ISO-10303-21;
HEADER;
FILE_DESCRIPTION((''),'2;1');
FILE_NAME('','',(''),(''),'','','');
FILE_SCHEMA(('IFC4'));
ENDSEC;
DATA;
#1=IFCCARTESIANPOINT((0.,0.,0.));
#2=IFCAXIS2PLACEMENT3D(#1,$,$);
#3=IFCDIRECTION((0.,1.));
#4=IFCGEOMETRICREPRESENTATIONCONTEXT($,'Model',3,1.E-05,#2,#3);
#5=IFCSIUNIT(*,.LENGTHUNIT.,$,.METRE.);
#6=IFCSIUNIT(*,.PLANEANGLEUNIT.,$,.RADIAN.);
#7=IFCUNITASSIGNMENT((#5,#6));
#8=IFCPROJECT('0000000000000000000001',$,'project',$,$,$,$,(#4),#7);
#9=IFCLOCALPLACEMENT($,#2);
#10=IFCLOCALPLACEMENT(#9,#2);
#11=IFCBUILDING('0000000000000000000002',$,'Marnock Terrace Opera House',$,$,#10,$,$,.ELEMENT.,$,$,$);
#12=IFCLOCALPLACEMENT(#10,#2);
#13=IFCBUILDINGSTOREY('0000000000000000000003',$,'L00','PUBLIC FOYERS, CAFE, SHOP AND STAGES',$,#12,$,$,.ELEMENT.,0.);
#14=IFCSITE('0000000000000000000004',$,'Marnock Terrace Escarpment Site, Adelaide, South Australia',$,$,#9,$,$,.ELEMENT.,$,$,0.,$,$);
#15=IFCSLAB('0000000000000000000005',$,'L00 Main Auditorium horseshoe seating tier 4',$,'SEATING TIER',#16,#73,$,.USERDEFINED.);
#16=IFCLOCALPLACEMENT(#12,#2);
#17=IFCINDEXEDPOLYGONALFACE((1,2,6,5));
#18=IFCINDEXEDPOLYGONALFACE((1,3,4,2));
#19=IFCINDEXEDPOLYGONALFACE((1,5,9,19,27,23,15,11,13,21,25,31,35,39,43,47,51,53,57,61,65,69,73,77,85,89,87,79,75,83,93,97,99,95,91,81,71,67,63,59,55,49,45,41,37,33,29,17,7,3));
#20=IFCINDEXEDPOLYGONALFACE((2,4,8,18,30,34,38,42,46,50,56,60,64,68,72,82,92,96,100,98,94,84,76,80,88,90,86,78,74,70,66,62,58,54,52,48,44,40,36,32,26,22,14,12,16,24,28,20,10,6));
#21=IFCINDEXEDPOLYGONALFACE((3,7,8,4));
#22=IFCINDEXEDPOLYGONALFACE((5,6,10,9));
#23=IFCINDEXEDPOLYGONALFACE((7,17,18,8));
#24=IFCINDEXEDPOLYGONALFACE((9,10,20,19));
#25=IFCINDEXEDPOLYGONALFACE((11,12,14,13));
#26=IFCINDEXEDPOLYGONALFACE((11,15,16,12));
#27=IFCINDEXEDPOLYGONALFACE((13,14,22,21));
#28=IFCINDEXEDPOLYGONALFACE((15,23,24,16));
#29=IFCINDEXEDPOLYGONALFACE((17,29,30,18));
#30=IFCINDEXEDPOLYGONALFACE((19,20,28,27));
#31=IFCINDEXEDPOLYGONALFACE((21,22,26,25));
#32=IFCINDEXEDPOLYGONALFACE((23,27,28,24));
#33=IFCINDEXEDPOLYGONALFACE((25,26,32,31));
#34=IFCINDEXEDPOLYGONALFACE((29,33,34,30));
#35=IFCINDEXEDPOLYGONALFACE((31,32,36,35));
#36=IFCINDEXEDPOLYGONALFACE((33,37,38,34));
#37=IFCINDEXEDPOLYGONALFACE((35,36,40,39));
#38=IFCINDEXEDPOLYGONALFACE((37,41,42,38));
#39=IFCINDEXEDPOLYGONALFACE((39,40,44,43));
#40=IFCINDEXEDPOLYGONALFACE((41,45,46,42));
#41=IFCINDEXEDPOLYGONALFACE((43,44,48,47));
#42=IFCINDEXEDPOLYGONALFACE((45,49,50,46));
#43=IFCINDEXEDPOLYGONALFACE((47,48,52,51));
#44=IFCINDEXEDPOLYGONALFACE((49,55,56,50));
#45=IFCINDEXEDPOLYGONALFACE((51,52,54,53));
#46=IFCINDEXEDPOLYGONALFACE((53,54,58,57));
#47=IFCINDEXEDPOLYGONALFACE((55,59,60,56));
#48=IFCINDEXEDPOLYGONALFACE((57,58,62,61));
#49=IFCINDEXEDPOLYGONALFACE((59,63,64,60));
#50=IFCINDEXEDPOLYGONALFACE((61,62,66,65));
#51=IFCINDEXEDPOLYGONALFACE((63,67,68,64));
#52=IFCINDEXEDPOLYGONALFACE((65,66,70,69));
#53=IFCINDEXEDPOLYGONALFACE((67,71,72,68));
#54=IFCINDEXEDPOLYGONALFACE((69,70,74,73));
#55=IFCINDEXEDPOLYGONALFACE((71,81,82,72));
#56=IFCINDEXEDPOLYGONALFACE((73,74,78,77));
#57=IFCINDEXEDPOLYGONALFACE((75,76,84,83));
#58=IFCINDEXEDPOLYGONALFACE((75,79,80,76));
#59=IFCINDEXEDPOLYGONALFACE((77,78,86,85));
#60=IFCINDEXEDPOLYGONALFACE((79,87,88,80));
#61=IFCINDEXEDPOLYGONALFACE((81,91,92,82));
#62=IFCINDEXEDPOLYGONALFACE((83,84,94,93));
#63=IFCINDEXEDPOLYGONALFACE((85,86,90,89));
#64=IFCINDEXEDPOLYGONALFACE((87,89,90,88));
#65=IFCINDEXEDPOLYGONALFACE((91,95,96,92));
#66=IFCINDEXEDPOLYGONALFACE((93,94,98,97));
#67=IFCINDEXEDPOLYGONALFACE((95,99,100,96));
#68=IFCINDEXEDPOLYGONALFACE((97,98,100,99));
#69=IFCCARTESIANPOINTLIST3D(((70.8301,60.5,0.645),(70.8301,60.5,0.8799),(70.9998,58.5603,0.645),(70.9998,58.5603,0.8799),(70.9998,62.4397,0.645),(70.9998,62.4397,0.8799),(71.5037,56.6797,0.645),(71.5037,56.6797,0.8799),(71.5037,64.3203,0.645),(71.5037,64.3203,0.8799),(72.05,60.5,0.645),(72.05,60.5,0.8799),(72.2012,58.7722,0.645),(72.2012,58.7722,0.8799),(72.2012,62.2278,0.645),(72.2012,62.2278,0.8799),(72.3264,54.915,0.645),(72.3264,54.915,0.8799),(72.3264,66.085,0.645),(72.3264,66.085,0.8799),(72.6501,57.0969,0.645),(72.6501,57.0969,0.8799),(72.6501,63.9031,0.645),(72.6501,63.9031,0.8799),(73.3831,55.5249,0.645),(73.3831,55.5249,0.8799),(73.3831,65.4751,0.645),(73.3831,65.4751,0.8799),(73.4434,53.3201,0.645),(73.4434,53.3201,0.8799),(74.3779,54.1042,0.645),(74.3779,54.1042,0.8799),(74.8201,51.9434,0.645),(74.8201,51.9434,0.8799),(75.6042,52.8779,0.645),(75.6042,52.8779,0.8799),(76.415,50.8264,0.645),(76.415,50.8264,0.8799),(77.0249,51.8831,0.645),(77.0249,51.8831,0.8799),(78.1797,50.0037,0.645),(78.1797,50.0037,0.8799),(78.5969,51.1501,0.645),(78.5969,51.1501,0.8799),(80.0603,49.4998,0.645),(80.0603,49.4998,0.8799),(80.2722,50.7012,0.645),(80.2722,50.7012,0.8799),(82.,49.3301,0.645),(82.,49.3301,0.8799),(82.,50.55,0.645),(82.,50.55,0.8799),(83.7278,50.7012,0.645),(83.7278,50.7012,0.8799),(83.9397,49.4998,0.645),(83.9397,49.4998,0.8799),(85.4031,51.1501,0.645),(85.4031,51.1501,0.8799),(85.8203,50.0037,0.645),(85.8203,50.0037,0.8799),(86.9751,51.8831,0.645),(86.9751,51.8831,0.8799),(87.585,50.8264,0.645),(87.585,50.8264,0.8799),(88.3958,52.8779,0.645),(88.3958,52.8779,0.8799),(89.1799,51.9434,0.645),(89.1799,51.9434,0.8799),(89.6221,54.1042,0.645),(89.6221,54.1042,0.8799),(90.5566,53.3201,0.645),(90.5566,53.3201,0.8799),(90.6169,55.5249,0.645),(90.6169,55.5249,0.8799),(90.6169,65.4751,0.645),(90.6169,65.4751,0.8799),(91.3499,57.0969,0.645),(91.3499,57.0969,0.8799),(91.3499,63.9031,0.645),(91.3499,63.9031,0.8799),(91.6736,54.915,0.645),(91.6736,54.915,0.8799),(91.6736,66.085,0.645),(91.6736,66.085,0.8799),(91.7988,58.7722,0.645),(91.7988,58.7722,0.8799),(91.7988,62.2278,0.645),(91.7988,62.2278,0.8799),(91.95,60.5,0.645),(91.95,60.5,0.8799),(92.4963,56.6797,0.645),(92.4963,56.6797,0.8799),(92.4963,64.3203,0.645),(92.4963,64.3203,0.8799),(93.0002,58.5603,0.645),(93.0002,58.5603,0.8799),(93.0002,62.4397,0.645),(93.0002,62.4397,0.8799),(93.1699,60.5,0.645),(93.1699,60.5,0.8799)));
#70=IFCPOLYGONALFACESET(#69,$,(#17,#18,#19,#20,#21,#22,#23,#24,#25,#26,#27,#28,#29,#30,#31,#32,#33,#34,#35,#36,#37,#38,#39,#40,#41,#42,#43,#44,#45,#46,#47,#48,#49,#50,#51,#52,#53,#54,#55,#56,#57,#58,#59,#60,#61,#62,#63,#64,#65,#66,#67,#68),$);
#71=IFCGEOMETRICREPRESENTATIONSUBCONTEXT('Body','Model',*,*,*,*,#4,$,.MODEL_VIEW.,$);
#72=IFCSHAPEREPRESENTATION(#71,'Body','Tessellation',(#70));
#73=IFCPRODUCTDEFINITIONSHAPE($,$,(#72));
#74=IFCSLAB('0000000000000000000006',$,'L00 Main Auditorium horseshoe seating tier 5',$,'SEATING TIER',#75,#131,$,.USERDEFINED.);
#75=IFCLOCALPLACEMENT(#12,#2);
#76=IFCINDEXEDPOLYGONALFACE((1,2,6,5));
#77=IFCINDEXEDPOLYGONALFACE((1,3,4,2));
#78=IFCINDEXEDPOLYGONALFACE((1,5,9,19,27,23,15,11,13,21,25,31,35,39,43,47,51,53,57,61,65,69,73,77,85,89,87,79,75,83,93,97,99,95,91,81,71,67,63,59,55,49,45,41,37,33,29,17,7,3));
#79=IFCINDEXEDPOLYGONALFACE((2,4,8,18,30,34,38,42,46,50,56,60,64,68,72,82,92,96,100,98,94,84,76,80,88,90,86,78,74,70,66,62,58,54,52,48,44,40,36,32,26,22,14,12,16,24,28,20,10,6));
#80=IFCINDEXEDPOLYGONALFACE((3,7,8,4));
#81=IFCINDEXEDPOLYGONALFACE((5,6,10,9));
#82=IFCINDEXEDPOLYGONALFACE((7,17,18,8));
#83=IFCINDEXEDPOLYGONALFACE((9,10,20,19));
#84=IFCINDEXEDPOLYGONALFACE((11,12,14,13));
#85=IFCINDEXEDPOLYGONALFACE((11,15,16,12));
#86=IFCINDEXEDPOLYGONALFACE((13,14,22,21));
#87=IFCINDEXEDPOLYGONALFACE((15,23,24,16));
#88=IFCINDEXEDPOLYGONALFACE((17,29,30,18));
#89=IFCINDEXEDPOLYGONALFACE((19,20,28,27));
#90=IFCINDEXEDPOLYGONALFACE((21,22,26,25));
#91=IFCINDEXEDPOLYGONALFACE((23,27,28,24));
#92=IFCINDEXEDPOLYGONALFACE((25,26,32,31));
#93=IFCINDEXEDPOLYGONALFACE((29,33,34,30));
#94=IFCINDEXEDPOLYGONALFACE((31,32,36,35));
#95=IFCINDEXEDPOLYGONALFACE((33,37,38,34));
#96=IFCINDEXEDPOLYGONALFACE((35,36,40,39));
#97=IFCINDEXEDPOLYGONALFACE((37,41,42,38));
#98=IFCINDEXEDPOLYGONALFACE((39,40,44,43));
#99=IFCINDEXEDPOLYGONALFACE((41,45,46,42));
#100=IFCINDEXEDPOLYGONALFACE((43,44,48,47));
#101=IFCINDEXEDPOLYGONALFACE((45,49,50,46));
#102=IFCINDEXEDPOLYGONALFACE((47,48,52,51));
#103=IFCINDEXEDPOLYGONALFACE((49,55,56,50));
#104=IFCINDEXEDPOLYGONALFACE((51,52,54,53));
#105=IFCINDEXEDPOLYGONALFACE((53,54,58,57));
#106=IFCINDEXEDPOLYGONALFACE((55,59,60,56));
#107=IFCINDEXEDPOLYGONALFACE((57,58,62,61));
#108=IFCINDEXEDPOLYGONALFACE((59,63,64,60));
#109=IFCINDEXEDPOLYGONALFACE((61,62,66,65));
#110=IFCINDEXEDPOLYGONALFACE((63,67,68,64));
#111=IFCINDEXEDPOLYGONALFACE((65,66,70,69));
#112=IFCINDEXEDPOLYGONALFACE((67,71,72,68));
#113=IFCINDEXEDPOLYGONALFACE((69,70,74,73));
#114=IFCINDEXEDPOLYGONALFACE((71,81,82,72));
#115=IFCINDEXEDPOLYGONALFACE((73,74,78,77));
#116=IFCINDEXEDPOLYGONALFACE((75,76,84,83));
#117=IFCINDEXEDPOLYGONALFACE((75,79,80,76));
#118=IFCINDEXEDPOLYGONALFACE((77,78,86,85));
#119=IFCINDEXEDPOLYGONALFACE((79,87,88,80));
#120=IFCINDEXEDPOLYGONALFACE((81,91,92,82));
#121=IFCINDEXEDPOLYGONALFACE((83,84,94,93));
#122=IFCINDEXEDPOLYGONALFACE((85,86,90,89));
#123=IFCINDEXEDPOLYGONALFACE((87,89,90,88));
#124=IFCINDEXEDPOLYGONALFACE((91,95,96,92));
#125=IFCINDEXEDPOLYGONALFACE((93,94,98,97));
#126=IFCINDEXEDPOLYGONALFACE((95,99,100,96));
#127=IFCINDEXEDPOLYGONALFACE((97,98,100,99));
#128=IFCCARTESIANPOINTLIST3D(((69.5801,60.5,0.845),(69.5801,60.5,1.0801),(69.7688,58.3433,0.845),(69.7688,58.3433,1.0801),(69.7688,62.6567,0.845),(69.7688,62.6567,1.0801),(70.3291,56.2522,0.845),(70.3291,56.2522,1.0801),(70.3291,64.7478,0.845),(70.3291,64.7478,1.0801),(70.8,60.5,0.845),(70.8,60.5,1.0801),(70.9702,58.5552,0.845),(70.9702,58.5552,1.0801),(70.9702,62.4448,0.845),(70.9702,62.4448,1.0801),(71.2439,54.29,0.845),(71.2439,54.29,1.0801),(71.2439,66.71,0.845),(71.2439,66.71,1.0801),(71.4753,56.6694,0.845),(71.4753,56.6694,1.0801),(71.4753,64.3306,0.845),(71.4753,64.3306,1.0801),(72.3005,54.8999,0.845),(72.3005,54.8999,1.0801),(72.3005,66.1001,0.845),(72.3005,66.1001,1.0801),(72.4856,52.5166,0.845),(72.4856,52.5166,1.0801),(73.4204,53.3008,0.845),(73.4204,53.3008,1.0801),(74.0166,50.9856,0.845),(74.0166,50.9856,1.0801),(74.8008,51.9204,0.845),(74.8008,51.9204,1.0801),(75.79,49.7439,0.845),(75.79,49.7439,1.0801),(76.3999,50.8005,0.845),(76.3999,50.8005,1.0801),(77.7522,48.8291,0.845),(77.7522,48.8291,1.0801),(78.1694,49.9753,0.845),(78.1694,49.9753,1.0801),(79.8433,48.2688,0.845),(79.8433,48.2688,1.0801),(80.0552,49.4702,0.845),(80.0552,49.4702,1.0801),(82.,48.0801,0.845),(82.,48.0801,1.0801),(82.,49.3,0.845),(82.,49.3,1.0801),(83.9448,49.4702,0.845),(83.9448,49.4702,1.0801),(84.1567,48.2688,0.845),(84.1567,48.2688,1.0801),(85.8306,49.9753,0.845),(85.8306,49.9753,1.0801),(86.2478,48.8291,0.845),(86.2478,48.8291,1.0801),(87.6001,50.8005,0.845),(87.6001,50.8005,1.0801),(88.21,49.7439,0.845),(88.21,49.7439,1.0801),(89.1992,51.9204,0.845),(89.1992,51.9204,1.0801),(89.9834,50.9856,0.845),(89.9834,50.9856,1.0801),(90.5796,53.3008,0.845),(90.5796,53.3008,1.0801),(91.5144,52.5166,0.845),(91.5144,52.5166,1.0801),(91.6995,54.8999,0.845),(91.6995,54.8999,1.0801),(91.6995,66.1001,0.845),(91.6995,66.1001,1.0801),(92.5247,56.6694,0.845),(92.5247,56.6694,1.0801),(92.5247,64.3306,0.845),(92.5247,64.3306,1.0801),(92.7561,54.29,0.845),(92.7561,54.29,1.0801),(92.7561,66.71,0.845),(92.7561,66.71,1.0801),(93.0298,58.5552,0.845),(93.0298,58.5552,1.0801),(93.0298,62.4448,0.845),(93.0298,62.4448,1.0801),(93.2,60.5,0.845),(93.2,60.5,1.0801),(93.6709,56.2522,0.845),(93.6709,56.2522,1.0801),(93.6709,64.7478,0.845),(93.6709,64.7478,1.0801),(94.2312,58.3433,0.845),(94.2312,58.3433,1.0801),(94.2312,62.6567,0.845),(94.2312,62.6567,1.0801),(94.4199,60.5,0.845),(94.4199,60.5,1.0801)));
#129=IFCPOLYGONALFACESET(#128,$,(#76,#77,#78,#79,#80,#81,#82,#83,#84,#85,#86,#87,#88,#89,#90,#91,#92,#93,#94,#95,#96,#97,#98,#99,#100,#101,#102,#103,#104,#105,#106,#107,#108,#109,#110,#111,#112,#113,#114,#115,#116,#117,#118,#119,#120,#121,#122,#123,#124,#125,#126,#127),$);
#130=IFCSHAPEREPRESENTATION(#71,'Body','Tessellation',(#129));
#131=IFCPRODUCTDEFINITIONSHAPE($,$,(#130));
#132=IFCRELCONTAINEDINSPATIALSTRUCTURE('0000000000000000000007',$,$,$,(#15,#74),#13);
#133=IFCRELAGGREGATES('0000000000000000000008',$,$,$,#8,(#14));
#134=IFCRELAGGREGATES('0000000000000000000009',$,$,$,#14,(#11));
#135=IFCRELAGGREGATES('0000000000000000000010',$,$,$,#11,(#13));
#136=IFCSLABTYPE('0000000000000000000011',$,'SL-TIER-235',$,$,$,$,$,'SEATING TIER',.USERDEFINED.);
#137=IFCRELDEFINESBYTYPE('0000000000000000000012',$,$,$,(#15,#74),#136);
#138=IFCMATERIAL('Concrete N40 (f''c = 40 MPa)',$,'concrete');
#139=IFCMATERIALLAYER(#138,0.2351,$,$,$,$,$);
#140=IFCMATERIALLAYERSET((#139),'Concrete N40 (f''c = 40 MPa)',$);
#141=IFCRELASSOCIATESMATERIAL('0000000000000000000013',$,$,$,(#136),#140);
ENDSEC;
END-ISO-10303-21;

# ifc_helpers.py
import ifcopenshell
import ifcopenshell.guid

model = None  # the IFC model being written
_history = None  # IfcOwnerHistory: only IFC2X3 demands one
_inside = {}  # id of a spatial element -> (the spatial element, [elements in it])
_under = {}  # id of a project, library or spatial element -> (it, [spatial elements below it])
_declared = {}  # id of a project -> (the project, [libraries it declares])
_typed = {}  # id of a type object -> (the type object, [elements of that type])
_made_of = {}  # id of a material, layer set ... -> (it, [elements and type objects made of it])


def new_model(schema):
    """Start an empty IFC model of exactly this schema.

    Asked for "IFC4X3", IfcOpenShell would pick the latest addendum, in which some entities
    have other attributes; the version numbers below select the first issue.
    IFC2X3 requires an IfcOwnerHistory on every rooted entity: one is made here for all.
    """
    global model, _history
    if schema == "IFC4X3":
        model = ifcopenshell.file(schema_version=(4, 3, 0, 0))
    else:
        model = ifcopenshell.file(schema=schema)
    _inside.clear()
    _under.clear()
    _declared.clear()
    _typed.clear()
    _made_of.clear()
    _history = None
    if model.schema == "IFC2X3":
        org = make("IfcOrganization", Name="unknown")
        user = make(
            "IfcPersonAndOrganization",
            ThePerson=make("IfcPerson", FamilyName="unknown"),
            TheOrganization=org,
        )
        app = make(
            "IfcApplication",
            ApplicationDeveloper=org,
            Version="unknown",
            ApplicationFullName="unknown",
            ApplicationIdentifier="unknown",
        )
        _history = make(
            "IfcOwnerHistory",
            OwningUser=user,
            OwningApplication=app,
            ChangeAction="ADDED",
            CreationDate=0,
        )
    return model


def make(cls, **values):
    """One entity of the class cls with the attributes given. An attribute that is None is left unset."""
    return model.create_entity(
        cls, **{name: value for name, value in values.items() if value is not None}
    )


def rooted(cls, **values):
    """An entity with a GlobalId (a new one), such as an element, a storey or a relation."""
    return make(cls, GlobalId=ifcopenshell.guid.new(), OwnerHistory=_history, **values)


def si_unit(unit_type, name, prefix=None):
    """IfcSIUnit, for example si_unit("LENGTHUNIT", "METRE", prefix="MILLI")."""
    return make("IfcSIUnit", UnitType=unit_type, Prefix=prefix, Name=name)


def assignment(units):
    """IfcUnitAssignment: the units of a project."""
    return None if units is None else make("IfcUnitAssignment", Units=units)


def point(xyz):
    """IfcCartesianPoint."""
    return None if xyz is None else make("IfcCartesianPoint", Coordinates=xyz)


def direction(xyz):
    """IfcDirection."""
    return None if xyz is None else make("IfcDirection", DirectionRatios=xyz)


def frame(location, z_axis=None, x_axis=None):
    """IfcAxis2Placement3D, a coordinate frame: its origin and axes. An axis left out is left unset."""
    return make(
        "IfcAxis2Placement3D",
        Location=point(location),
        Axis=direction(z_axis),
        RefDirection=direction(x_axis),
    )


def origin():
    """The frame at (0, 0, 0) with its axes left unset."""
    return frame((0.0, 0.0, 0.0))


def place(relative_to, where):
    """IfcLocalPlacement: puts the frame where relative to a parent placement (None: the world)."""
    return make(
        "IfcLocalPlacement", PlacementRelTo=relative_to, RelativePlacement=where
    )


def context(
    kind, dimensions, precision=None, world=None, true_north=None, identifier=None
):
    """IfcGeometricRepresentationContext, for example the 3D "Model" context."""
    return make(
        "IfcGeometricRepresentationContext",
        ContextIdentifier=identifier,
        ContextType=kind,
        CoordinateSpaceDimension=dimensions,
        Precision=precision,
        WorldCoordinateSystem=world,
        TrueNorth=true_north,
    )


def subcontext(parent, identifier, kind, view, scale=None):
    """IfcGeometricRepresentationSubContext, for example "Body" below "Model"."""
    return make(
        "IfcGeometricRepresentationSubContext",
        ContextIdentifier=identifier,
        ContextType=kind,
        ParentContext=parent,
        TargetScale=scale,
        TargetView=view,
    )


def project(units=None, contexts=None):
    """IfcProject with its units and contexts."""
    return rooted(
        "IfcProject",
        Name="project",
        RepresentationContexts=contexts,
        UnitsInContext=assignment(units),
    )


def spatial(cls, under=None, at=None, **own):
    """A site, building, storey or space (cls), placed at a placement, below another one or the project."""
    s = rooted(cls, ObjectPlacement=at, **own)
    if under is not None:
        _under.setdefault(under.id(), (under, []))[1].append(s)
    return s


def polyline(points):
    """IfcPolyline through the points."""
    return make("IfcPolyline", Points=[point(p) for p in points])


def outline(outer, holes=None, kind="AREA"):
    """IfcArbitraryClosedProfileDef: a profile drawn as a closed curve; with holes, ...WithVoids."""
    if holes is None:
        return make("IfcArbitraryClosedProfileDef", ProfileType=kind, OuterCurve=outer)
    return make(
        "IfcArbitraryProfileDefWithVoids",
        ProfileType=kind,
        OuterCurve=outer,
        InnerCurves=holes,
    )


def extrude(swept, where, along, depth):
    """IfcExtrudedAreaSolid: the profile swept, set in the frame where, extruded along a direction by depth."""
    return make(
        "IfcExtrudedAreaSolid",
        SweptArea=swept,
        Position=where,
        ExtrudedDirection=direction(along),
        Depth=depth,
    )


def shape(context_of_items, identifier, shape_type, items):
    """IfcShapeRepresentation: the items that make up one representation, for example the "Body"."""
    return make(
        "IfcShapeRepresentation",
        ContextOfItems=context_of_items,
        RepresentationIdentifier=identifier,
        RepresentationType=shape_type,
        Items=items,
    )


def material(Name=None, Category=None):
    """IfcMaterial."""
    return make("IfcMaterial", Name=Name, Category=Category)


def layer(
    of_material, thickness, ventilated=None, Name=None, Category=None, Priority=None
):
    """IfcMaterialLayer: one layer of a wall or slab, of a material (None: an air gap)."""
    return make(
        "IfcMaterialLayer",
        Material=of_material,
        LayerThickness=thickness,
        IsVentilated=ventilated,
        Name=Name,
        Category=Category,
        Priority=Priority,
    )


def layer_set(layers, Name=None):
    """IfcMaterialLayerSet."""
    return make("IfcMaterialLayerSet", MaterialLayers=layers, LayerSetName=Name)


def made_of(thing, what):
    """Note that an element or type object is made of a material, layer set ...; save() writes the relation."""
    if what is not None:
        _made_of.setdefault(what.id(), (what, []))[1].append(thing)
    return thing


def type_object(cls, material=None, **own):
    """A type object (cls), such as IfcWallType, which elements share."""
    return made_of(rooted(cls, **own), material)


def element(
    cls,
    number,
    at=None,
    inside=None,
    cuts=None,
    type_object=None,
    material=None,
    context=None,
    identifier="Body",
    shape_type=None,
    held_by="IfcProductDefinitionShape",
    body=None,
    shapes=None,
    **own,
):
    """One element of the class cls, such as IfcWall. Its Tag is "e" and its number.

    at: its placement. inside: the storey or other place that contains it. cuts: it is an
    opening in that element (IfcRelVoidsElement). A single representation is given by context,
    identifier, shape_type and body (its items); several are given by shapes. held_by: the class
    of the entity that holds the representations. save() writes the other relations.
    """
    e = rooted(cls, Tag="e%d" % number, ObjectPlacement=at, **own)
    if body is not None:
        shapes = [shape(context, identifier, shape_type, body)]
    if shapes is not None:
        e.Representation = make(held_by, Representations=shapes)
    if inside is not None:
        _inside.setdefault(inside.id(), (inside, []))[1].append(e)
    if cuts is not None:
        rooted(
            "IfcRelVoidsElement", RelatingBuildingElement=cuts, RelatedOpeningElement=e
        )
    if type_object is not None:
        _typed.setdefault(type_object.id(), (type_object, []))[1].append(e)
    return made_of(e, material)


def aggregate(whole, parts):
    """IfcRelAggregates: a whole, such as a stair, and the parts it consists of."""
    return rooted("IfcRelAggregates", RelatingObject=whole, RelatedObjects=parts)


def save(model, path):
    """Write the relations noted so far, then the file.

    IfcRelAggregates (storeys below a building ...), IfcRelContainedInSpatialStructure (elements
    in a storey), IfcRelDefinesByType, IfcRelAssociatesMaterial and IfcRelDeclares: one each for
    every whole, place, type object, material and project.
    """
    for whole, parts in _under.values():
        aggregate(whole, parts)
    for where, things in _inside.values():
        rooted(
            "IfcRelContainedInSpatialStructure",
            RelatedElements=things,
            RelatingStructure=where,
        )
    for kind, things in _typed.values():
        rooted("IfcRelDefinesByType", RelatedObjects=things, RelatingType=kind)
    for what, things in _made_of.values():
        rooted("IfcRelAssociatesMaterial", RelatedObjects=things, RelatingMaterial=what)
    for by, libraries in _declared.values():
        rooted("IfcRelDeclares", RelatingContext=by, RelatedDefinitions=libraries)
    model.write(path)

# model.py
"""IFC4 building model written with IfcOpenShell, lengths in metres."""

from ifc_helpers import new_model, si_unit, direction, frame, origin, place, context, subcontext, project, spatial, polyline, outline, extrude, material, layer, layer_set, type_object, element, save


model = new_model("IFC4")

# Units and contexts
model_context = context("Model", 3, precision=1e-05, world=origin(), true_north=direction((0.0, 1.0)))
body_context = subcontext(model_context, "Body", "Model", "MODEL_VIEW")
ifc_project = project(units=[si_unit("LENGTHUNIT", "METRE"), si_unit("PLANEANGLEUNIT", "RADIAN")], contexts=[model_context])

# Site, building, storey
site_placement = place(None, origin())
site = spatial("IfcSite", under=ifc_project, at=site_placement, Name="Marnock Terrace Escarpment Site, Adelaide, South Australia", CompositionType="ELEMENT", RefElevation=0.0)
building_placement = place(site_placement, origin())
building = spatial("IfcBuilding", under=site, at=building_placement, Name="Marnock Terrace Opera House", CompositionType="ELEMENT")
storey_placement = place(building_placement, origin())
storey = spatial("IfcBuildingStorey", under=building, at=storey_placement, Name="L00", Description="PUBLIC FOYERS, CAFE, SHOP AND STAGES", CompositionType="ELEMENT", Elevation=0.0)

# Slabs
ifc_material_1 = material(Name="Concrete N40 (f'c = 40 MPa)", Category="concrete")
ifc_layer_1 = layer(ifc_material_1, 0.2351)
ifc_layer_set_1 = layer_set([ifc_layer_1], Name="Concrete N40 (f'c = 40 MPa)")
slab_type_1 = type_object("IfcSlabType", Name="SL-TIER-235", ElementType="SEATING TIER", PredefinedType="USERDEFINED", material=ifc_layer_set_1)
slab_1_placement = place(storey_placement, frame((0.0, 0.0, 0.645)))
element("IfcSlab", 1, at=slab_1_placement, inside=storey, type_object=slab_type_1, Name="L00 Main Auditorium horseshoe seating tier 4", ObjectType="SEATING TIER", PredefinedType="USERDEFINED", context=body_context, shape_type="SweptSolid", body=[
    extrude(outline(polyline([(72.3264, 66.085), (71.5037, 64.3203), (70.9998, 62.4397), (70.8301, 60.5), (70.9998, 58.5603), (71.5037, 56.6797), (72.3264, 54.915), (73.4434, 53.3201), (74.8201, 51.9434), (76.415, 50.8264), (78.1797, 50.0037), (80.0603, 49.4998), (82.0, 49.3301), (83.9397, 49.4998), (85.8203, 50.0037), (87.585, 50.8264), (89.1799, 51.9434), (90.5566, 53.3201), (91.6736, 54.915), (92.4963, 56.6797), (93.0002, 58.5603), (93.1699, 60.5), (93.0002, 62.4397), (92.4963, 64.3203), (91.6736, 66.085), (90.6169, 65.4751), (91.3499, 63.9031), (91.7988, 62.2278), (91.95, 60.5), (91.7988, 58.7722), (91.3499, 57.0969), (90.6169, 55.5249), (89.6221, 54.1042), (88.3958, 52.8779), (86.9751, 51.8831), (85.4031, 51.1501), (83.7278, 50.7012), (82.0, 50.55), (80.2722, 50.7012), (78.5969, 51.1501), (77.0249, 51.8831), (75.6042, 52.8779), (74.3779, 54.1042), (73.3831, 55.5249), (72.6501, 57.0969), (72.2012, 58.7722), (72.05, 60.5), (72.2012, 62.2278), (72.6501, 63.9031), (73.3831, 65.4751), (72.3264, 66.085)])), origin(), (0.0, 0.0, 1.0), 0.2349),
])
slab_2_placement = place(storey_placement, frame((0.0, 0.0, 0.845)))
element("IfcSlab", 2, at=slab_2_placement, inside=storey, type_object=slab_type_1, Name="L00 Main Auditorium horseshoe seating tier 5", ObjectType="SEATING TIER", PredefinedType="USERDEFINED", context=body_context, shape_type="SweptSolid", body=[
    extrude(outline(polyline([(71.2439, 66.71), (70.3291, 64.7478), (69.7688, 62.6567), (69.5801, 60.5), (69.7688, 58.3433), (70.3291, 56.2522), (71.2439, 54.29), (72.4856, 52.5166), (74.0166, 50.9856), (75.79, 49.7439), (77.7522, 48.8291), (79.8433, 48.2688), (82.0, 48.0801), (84.1567, 48.2688), (86.2478, 48.8291), (88.21, 49.7439), (89.9834, 50.9856), (91.5144, 52.5166), (92.7561, 54.29), (93.6709, 56.2522), (94.2312, 58.3433), (94.4199, 60.5), (94.2312, 62.6567), (93.6709, 64.7478), (92.7561, 66.71), (91.6995, 66.1001), (92.5247, 64.3306), (93.0298, 62.4448), (93.2, 60.5), (93.0298, 58.5552), (92.5247, 56.6694), (91.6995, 54.8999), (90.5796, 53.3008), (89.1992, 51.9204), (87.6001, 50.8005), (85.8306, 49.9753), (83.9448, 49.4702), (82.0, 49.3), (80.0552, 49.4702), (78.1694, 49.9753), (76.3999, 50.8005), (74.8008, 51.9204), (73.4204, 53.3008), (72.3005, 54.8999), (71.4753, 56.6694), (70.9702, 58.5552), (70.8, 60.5), (70.9702, 62.4448), (71.4753, 64.3306), (72.3005, 66.1001), (71.2439, 66.71)])), origin(), (0.0, 0.0, 1.0), 0.2351),
])

save(model, "model.ifc")
